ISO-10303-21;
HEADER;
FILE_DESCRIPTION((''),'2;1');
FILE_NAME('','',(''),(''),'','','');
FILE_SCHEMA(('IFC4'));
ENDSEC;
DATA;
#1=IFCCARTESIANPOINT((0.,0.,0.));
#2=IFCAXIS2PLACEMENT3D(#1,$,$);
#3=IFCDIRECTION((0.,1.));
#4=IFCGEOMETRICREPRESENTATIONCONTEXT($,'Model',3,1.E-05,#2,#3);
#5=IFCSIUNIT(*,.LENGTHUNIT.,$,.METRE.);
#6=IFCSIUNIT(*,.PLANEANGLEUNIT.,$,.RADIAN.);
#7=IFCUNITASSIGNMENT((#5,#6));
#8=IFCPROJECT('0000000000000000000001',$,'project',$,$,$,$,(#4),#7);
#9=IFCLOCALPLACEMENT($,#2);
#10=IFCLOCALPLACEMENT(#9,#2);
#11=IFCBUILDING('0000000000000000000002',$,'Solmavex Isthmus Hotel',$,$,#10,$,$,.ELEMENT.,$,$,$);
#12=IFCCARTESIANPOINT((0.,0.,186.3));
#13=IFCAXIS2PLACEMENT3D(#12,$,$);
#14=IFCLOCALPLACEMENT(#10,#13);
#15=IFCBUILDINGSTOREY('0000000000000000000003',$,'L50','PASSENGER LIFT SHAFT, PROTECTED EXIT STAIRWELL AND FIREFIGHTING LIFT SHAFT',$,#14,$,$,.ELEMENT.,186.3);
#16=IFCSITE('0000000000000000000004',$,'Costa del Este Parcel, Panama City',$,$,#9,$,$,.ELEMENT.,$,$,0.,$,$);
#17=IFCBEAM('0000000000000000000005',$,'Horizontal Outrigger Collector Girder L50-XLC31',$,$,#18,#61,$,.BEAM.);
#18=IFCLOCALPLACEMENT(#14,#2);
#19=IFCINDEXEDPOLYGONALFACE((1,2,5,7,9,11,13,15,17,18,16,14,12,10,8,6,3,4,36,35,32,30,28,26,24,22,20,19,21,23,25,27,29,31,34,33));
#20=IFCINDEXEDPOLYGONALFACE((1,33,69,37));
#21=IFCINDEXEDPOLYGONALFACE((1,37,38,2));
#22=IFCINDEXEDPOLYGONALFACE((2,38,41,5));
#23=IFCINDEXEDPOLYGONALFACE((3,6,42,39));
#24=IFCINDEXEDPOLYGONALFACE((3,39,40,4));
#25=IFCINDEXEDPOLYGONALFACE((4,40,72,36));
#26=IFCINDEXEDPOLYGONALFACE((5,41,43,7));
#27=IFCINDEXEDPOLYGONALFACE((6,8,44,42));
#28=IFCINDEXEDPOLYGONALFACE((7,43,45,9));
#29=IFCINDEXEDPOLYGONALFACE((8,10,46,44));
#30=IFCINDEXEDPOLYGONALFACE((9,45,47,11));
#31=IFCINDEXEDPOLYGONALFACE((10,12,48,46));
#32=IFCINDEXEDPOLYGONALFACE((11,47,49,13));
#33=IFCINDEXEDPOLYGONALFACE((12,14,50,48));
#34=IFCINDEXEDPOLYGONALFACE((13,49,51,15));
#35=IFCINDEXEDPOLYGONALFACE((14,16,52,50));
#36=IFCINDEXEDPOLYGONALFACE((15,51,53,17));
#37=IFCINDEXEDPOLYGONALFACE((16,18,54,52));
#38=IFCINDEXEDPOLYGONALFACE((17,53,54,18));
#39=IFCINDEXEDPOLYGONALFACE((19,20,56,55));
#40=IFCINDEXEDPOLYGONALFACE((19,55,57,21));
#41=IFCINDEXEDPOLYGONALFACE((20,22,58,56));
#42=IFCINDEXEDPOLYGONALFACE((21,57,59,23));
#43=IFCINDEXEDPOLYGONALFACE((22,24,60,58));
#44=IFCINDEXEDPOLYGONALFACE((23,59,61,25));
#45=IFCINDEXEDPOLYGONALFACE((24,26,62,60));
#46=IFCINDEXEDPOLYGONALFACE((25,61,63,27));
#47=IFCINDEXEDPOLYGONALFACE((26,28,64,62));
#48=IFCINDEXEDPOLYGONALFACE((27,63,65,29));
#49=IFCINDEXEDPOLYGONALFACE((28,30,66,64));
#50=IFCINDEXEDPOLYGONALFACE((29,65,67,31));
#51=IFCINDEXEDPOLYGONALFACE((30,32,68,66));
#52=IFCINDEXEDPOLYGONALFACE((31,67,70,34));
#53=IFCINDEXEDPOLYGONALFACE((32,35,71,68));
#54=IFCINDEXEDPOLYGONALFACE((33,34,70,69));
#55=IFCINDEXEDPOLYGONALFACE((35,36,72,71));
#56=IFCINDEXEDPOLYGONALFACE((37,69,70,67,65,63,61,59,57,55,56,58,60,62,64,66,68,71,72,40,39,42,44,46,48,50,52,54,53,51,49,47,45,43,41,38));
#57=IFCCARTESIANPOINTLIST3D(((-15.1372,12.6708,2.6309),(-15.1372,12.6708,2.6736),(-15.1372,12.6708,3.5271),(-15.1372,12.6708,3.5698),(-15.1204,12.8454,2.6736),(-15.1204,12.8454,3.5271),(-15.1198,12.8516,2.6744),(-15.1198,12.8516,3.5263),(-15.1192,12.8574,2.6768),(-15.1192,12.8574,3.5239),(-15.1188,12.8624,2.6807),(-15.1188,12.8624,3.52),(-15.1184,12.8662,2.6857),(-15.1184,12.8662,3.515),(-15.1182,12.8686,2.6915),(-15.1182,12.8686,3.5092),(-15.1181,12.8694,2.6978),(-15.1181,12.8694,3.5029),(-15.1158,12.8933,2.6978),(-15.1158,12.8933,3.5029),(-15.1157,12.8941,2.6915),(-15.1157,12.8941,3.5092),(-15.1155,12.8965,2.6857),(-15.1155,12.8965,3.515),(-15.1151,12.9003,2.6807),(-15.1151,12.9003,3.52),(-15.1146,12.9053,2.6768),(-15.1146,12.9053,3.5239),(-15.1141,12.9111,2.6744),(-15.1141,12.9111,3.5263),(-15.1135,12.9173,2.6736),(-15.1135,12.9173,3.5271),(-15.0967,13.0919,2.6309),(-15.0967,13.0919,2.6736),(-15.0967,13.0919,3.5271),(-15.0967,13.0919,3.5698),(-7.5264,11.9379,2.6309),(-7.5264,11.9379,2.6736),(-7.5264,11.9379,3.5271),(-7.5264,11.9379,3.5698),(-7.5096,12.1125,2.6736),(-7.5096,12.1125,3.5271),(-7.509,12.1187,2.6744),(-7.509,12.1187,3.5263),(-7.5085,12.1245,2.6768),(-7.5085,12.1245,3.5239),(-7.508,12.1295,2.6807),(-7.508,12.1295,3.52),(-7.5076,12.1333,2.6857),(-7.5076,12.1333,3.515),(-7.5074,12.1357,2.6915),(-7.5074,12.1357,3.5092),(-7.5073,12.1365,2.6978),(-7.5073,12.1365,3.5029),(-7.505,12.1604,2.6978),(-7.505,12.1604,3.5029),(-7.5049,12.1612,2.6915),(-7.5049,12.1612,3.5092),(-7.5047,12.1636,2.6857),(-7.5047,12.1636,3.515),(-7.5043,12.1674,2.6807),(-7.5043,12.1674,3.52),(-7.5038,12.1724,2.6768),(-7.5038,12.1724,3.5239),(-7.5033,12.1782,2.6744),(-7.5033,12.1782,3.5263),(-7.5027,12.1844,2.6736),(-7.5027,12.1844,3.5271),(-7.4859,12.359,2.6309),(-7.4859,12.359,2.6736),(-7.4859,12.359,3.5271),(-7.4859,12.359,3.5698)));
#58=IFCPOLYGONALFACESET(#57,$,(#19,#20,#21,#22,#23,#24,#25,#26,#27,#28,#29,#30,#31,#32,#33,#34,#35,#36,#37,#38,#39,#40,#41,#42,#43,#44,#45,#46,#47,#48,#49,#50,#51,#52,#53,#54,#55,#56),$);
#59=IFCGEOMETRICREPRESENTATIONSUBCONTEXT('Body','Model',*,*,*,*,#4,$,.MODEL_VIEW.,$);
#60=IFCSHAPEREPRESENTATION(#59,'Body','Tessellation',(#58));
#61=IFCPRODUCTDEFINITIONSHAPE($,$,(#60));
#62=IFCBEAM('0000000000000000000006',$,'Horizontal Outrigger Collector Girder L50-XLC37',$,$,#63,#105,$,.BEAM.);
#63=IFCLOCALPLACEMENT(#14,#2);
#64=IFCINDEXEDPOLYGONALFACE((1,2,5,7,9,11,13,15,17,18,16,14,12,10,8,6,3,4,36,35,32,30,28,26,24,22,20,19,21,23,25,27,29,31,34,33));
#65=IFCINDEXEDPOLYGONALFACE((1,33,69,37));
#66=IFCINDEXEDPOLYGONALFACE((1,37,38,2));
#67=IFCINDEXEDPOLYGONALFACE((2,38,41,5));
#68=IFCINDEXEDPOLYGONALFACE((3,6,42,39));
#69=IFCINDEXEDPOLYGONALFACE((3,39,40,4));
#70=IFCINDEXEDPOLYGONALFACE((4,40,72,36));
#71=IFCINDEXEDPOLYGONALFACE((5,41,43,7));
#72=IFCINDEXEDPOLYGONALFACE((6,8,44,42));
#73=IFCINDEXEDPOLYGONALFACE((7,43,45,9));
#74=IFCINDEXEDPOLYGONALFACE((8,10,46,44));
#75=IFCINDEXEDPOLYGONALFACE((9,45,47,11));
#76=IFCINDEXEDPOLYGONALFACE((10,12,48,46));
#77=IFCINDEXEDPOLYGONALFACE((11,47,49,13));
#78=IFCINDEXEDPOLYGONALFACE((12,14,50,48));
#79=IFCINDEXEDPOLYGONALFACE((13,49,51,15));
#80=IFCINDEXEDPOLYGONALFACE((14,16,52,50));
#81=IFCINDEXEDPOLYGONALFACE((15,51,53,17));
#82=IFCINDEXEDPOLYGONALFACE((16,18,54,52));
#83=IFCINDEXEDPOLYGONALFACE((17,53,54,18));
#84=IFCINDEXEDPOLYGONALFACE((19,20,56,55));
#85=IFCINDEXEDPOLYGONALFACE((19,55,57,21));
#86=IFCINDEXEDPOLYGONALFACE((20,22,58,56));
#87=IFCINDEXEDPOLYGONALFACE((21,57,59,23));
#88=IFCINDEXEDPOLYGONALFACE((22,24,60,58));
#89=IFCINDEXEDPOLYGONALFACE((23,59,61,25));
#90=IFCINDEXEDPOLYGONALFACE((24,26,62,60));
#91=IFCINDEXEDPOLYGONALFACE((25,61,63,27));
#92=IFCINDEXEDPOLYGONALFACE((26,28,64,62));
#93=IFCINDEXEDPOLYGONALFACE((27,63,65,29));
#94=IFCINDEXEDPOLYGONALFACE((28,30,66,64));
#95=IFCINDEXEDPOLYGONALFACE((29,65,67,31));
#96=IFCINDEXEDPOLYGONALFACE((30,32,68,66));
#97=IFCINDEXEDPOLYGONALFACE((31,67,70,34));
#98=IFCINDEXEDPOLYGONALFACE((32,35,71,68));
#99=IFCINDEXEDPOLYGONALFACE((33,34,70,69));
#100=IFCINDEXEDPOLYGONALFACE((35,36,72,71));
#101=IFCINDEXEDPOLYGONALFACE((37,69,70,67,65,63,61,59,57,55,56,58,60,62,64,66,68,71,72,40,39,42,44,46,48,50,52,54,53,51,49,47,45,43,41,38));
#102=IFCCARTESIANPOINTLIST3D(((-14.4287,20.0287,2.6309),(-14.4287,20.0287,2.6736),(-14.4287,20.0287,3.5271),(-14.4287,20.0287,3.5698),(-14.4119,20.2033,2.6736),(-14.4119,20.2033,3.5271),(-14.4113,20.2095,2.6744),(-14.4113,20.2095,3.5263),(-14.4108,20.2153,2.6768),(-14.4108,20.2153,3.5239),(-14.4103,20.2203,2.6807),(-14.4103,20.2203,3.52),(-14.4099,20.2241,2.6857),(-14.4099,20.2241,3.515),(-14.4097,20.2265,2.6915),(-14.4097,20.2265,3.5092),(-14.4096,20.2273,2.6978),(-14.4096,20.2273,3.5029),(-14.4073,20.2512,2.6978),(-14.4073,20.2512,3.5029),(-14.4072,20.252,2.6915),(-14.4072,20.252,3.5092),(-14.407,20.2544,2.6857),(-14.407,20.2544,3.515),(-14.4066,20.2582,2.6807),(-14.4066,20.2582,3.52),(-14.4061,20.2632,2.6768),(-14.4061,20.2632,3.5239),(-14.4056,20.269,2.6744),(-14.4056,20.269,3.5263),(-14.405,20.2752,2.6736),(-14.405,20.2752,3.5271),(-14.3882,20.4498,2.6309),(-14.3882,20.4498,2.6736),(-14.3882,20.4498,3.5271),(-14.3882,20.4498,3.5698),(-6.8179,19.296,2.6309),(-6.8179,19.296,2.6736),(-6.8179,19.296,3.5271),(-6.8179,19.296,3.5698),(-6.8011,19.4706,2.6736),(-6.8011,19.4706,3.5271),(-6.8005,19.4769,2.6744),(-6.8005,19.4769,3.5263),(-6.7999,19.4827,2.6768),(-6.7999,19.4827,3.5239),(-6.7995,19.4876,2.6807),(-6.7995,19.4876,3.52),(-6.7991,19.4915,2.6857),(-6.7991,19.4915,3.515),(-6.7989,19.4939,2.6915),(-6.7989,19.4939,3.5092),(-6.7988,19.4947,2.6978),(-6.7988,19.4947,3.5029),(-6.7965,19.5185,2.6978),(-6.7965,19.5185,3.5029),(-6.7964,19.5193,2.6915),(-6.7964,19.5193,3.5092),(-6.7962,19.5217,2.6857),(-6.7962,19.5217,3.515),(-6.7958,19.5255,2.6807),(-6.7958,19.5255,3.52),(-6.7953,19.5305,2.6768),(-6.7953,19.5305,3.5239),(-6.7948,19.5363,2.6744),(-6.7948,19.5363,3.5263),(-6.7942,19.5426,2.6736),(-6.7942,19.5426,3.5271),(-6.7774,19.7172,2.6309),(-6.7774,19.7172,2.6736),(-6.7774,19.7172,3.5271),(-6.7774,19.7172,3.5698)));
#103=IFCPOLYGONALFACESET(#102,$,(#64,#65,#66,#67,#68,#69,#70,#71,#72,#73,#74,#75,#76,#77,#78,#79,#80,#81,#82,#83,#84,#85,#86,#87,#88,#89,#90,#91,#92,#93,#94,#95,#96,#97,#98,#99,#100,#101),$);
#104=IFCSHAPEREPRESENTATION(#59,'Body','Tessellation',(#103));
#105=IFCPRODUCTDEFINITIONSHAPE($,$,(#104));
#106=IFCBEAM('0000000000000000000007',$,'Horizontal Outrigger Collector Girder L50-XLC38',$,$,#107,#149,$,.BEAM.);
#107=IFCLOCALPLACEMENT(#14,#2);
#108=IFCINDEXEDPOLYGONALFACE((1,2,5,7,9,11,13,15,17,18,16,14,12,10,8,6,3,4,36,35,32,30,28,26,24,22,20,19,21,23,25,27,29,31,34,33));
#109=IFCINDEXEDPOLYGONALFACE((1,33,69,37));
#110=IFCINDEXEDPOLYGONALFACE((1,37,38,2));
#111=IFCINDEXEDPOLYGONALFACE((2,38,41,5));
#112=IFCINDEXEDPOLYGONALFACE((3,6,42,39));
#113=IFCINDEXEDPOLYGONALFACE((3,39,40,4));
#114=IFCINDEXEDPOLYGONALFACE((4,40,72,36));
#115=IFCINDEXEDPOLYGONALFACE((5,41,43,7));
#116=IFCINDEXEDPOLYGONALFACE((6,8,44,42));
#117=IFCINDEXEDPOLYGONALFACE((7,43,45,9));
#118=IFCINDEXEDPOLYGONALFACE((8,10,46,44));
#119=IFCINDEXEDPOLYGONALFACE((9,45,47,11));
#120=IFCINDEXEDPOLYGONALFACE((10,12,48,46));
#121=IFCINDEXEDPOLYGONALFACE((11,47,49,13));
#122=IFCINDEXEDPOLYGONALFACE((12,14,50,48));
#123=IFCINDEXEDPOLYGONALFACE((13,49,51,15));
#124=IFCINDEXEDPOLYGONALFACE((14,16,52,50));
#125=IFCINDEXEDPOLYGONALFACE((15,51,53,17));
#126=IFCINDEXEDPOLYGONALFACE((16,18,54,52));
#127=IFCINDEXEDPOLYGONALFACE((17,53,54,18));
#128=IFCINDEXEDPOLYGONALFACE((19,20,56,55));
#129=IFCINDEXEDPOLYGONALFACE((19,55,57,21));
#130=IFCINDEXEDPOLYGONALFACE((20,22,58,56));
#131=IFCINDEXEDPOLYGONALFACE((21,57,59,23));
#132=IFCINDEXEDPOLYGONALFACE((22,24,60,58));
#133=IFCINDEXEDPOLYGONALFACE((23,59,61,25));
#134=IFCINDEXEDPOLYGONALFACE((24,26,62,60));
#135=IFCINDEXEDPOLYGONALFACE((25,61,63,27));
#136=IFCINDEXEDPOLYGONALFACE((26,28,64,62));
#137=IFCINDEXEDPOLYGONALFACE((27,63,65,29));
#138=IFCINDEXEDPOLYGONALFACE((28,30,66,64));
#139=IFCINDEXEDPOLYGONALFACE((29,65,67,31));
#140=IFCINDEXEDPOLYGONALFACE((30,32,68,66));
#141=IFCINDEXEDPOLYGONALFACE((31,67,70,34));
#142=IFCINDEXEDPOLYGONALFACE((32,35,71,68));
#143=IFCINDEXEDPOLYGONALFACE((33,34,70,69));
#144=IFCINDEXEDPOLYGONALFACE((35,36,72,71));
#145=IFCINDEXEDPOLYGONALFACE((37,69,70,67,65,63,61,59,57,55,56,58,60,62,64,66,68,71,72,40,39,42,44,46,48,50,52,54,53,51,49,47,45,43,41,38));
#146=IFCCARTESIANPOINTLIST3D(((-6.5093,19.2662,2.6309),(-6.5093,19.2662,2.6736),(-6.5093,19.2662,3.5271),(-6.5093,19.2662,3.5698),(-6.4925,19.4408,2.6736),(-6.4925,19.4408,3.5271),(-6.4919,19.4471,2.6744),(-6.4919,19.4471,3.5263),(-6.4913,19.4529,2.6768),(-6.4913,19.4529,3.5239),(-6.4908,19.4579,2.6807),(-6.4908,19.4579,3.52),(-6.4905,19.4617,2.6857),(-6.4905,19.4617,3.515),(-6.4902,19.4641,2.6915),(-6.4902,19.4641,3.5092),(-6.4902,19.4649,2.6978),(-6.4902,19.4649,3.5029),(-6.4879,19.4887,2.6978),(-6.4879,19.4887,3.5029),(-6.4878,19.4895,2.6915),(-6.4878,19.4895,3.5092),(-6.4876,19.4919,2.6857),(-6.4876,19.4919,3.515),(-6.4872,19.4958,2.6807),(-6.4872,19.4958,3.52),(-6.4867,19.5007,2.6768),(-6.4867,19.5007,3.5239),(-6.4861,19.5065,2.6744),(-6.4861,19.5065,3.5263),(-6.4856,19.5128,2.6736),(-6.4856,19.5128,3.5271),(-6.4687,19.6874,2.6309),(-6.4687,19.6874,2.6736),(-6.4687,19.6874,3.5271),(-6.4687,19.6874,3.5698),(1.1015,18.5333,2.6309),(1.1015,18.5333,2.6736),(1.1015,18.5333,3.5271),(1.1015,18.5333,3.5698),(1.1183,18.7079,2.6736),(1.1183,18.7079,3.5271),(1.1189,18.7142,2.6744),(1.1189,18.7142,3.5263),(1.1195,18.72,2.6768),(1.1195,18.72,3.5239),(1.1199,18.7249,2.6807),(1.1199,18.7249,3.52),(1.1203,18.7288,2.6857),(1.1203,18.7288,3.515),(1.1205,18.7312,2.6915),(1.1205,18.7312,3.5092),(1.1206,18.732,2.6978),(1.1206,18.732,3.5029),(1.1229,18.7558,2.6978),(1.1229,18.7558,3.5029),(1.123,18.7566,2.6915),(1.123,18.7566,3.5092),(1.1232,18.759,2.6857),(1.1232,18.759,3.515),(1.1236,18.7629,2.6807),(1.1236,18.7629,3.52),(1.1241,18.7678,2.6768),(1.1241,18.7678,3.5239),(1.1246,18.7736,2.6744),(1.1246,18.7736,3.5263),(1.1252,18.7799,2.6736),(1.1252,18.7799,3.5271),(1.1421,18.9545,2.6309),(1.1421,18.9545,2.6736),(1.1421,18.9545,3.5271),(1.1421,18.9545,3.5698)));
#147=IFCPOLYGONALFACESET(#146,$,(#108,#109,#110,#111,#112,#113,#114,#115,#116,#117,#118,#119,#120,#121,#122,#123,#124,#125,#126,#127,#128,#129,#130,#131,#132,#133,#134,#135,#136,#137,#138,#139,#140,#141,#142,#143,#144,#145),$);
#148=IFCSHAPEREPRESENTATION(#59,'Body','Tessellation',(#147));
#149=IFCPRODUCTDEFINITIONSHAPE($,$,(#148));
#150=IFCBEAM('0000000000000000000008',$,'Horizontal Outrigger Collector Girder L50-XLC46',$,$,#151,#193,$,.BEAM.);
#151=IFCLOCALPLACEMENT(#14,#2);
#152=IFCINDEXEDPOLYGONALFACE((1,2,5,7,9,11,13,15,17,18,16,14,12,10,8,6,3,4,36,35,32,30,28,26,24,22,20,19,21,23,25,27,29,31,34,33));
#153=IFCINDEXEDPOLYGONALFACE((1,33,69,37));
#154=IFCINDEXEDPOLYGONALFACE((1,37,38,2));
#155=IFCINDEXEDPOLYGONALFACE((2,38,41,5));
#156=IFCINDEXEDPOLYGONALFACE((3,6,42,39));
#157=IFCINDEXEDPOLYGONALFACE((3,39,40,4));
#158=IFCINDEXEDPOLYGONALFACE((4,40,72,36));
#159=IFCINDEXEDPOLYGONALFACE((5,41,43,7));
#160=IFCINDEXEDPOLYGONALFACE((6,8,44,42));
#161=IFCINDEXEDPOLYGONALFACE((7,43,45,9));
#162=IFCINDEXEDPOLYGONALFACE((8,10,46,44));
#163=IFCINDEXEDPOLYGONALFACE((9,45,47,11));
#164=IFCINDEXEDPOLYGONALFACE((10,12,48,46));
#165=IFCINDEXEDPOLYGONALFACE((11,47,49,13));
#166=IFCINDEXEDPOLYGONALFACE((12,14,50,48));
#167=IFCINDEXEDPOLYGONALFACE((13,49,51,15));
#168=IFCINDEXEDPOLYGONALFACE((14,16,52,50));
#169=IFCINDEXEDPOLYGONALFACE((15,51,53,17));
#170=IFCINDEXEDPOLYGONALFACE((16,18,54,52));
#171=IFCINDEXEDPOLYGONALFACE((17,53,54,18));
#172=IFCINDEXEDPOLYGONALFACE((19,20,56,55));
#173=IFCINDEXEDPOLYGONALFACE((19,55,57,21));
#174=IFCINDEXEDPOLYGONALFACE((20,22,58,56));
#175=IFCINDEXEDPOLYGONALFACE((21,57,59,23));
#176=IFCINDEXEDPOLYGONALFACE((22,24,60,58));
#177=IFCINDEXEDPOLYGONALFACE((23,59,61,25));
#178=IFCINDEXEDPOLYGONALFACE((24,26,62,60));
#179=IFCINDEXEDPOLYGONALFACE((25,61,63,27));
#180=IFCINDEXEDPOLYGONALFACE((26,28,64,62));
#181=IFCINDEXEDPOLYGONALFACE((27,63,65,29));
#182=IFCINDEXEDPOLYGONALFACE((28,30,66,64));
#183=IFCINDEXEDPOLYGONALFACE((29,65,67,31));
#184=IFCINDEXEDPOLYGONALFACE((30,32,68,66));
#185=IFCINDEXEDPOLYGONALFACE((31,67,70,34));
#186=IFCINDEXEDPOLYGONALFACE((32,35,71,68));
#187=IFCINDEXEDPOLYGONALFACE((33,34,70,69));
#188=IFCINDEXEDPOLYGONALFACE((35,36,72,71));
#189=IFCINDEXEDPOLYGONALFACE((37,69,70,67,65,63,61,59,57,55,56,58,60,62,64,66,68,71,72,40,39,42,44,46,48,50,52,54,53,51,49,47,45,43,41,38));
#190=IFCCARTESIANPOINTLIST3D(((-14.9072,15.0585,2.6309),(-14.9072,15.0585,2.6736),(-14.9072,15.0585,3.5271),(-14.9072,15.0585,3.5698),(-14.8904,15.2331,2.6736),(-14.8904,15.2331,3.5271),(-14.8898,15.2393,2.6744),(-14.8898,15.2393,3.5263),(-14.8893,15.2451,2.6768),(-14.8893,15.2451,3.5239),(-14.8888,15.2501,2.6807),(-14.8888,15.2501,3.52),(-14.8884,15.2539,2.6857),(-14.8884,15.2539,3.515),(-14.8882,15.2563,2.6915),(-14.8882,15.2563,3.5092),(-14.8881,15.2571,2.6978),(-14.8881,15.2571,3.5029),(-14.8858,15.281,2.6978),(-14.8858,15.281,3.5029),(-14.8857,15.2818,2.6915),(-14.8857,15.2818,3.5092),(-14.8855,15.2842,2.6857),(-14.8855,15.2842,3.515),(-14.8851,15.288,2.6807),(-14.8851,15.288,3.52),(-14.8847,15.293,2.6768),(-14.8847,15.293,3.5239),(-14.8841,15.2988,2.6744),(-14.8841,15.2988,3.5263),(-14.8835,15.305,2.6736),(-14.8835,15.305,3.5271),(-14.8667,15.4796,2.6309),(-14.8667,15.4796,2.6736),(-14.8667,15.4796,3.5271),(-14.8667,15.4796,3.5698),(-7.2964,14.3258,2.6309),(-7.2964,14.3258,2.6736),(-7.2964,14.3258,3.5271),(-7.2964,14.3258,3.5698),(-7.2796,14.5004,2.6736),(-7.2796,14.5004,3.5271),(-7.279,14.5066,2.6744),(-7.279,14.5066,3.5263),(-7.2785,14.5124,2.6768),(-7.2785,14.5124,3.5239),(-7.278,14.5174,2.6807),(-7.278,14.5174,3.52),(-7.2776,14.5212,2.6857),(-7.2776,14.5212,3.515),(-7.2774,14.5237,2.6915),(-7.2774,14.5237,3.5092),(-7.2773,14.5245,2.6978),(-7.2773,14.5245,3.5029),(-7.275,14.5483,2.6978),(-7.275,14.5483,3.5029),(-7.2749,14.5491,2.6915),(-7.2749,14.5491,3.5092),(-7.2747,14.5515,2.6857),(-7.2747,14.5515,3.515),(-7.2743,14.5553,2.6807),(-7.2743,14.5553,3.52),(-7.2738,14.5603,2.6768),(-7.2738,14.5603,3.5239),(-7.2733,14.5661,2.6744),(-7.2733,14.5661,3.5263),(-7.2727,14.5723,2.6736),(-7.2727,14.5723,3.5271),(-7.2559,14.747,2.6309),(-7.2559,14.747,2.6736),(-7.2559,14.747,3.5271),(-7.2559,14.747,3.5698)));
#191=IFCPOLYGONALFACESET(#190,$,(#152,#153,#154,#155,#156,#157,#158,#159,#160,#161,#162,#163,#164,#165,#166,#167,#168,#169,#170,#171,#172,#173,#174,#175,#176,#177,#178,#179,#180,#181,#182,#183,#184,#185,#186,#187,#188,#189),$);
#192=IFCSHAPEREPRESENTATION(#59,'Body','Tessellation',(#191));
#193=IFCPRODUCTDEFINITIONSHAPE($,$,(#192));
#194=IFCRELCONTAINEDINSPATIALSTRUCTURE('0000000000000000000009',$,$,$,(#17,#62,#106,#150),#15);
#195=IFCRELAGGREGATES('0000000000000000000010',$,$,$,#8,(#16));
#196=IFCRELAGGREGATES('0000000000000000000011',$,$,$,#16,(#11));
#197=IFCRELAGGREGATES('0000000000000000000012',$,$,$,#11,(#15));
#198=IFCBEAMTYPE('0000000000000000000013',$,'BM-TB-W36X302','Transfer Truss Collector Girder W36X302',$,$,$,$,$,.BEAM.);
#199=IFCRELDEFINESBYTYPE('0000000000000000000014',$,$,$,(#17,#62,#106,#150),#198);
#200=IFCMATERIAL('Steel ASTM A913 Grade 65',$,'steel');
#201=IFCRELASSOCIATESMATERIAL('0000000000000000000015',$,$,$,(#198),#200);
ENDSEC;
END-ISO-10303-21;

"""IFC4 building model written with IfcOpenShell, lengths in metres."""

from ifc_helpers import new_model, si_unit, direction, frame, origin, origin_2d, place, context, subcontext, project, spatial, i_section, extrude, material, material_profile, profile_set, type_object, element, save


model = new_model("IFC4")

# Units and contexts
model_context = context("Model", 3, precision=1e-05, world=origin(), true_north=direction((0.0, 1.0)))
body_context = subcontext(model_context, "Body", "Model", "MODEL_VIEW")
ifc_project = project(units=[si_unit("LENGTHUNIT", "METRE"), si_unit("PLANEANGLEUNIT", "RADIAN")], contexts=[model_context])

# Site, building, storey
site_placement = place(None, origin())
site = spatial("IfcSite", under=ifc_project, at=site_placement, Name="Costa del Este Parcel, Panama City", CompositionType="ELEMENT", RefElevation=0.0)
building_placement = place(site_placement, origin())
building = spatial("IfcBuilding", under=site, at=building_placement, Name="Solmavex Isthmus Hotel", CompositionType="ELEMENT")
storey_placement = place(building_placement, frame((0.0, 0.0, 186.3)))
storey = spatial("IfcBuildingStorey", under=building, at=storey_placement, Name="L50", Description="PASSENGER LIFT SHAFT, PROTECTED EXIT STAIRWELL AND FIREFIGHTING LIFT SHAFT", CompositionType="ELEMENT", Elevation=186.3)

# Shared definitions
ifc_material_1 = material(Name="Steel ASTM A913 Grade 65", Category="steel")

# Beams
ifc_material_profile_1 = material_profile(ifc_material_1, i_section(OverallWidth=0.4231, OverallDepth=0.939, WebThickness=0.0239, FlangeThickness=0.0427, FilletRadius=0.0242, at=origin_2d()), Name="W36X302")
ifc_profile_set_1 = profile_set([ifc_material_profile_1], Name="Steel ASTM A913 Grade 65")
beam_type_1 = type_object("IfcBeamType", Name="BM-TB-W36X302", Description="Transfer Truss Collector Girder W36X302", PredefinedType="BEAM", material=ifc_profile_set_1)
for number, where, z_axis, x_axis, name in (
    (1, (-15.1169, 12.8813, 3.1003), (0.995395, -0.095855, 0.0), (0.095855, 0.995395, 0.0), "Horizontal Outrigger Collector Girder L50-XLC31"),
    (2, (-14.4084, 20.2393, 3.1003), (0.995398, -0.095823, 0.0), (0.095823, 0.995398, 0.0), "Horizontal Outrigger Collector Girder L50-XLC37"),
    (3, (-6.489, 19.4768, 3.1003), (0.995395, -0.095855, 0.0), (0.095855, 0.995395, 0.0), "Horizontal Outrigger Collector Girder L50-XLC38"),
    (4, (-14.887, 15.269, 3.1003), (0.995398, -0.095823, 0.0), (0.095823, 0.995398, 0.0), "Horizontal Outrigger Collector Girder L50-XLC46"),
):
    element("IfcBeam", number, at=place(storey_placement, frame(where, z_axis=z_axis, x_axis=x_axis)), inside=storey, type_object=beam_type_1, Name=name, PredefinedType="BEAM", context=body_context, shape_type="SweptSolid", body=[
        extrude(i_section(OverallWidth=0.4231, OverallDepth=0.939, WebThickness=0.0239, FlangeThickness=0.0427, FilletRadius=0.0242, at=origin_2d()), origin(), (0.0, 0.0, 1.0), 7.646),
    ])

save(model, "model.ifc")
